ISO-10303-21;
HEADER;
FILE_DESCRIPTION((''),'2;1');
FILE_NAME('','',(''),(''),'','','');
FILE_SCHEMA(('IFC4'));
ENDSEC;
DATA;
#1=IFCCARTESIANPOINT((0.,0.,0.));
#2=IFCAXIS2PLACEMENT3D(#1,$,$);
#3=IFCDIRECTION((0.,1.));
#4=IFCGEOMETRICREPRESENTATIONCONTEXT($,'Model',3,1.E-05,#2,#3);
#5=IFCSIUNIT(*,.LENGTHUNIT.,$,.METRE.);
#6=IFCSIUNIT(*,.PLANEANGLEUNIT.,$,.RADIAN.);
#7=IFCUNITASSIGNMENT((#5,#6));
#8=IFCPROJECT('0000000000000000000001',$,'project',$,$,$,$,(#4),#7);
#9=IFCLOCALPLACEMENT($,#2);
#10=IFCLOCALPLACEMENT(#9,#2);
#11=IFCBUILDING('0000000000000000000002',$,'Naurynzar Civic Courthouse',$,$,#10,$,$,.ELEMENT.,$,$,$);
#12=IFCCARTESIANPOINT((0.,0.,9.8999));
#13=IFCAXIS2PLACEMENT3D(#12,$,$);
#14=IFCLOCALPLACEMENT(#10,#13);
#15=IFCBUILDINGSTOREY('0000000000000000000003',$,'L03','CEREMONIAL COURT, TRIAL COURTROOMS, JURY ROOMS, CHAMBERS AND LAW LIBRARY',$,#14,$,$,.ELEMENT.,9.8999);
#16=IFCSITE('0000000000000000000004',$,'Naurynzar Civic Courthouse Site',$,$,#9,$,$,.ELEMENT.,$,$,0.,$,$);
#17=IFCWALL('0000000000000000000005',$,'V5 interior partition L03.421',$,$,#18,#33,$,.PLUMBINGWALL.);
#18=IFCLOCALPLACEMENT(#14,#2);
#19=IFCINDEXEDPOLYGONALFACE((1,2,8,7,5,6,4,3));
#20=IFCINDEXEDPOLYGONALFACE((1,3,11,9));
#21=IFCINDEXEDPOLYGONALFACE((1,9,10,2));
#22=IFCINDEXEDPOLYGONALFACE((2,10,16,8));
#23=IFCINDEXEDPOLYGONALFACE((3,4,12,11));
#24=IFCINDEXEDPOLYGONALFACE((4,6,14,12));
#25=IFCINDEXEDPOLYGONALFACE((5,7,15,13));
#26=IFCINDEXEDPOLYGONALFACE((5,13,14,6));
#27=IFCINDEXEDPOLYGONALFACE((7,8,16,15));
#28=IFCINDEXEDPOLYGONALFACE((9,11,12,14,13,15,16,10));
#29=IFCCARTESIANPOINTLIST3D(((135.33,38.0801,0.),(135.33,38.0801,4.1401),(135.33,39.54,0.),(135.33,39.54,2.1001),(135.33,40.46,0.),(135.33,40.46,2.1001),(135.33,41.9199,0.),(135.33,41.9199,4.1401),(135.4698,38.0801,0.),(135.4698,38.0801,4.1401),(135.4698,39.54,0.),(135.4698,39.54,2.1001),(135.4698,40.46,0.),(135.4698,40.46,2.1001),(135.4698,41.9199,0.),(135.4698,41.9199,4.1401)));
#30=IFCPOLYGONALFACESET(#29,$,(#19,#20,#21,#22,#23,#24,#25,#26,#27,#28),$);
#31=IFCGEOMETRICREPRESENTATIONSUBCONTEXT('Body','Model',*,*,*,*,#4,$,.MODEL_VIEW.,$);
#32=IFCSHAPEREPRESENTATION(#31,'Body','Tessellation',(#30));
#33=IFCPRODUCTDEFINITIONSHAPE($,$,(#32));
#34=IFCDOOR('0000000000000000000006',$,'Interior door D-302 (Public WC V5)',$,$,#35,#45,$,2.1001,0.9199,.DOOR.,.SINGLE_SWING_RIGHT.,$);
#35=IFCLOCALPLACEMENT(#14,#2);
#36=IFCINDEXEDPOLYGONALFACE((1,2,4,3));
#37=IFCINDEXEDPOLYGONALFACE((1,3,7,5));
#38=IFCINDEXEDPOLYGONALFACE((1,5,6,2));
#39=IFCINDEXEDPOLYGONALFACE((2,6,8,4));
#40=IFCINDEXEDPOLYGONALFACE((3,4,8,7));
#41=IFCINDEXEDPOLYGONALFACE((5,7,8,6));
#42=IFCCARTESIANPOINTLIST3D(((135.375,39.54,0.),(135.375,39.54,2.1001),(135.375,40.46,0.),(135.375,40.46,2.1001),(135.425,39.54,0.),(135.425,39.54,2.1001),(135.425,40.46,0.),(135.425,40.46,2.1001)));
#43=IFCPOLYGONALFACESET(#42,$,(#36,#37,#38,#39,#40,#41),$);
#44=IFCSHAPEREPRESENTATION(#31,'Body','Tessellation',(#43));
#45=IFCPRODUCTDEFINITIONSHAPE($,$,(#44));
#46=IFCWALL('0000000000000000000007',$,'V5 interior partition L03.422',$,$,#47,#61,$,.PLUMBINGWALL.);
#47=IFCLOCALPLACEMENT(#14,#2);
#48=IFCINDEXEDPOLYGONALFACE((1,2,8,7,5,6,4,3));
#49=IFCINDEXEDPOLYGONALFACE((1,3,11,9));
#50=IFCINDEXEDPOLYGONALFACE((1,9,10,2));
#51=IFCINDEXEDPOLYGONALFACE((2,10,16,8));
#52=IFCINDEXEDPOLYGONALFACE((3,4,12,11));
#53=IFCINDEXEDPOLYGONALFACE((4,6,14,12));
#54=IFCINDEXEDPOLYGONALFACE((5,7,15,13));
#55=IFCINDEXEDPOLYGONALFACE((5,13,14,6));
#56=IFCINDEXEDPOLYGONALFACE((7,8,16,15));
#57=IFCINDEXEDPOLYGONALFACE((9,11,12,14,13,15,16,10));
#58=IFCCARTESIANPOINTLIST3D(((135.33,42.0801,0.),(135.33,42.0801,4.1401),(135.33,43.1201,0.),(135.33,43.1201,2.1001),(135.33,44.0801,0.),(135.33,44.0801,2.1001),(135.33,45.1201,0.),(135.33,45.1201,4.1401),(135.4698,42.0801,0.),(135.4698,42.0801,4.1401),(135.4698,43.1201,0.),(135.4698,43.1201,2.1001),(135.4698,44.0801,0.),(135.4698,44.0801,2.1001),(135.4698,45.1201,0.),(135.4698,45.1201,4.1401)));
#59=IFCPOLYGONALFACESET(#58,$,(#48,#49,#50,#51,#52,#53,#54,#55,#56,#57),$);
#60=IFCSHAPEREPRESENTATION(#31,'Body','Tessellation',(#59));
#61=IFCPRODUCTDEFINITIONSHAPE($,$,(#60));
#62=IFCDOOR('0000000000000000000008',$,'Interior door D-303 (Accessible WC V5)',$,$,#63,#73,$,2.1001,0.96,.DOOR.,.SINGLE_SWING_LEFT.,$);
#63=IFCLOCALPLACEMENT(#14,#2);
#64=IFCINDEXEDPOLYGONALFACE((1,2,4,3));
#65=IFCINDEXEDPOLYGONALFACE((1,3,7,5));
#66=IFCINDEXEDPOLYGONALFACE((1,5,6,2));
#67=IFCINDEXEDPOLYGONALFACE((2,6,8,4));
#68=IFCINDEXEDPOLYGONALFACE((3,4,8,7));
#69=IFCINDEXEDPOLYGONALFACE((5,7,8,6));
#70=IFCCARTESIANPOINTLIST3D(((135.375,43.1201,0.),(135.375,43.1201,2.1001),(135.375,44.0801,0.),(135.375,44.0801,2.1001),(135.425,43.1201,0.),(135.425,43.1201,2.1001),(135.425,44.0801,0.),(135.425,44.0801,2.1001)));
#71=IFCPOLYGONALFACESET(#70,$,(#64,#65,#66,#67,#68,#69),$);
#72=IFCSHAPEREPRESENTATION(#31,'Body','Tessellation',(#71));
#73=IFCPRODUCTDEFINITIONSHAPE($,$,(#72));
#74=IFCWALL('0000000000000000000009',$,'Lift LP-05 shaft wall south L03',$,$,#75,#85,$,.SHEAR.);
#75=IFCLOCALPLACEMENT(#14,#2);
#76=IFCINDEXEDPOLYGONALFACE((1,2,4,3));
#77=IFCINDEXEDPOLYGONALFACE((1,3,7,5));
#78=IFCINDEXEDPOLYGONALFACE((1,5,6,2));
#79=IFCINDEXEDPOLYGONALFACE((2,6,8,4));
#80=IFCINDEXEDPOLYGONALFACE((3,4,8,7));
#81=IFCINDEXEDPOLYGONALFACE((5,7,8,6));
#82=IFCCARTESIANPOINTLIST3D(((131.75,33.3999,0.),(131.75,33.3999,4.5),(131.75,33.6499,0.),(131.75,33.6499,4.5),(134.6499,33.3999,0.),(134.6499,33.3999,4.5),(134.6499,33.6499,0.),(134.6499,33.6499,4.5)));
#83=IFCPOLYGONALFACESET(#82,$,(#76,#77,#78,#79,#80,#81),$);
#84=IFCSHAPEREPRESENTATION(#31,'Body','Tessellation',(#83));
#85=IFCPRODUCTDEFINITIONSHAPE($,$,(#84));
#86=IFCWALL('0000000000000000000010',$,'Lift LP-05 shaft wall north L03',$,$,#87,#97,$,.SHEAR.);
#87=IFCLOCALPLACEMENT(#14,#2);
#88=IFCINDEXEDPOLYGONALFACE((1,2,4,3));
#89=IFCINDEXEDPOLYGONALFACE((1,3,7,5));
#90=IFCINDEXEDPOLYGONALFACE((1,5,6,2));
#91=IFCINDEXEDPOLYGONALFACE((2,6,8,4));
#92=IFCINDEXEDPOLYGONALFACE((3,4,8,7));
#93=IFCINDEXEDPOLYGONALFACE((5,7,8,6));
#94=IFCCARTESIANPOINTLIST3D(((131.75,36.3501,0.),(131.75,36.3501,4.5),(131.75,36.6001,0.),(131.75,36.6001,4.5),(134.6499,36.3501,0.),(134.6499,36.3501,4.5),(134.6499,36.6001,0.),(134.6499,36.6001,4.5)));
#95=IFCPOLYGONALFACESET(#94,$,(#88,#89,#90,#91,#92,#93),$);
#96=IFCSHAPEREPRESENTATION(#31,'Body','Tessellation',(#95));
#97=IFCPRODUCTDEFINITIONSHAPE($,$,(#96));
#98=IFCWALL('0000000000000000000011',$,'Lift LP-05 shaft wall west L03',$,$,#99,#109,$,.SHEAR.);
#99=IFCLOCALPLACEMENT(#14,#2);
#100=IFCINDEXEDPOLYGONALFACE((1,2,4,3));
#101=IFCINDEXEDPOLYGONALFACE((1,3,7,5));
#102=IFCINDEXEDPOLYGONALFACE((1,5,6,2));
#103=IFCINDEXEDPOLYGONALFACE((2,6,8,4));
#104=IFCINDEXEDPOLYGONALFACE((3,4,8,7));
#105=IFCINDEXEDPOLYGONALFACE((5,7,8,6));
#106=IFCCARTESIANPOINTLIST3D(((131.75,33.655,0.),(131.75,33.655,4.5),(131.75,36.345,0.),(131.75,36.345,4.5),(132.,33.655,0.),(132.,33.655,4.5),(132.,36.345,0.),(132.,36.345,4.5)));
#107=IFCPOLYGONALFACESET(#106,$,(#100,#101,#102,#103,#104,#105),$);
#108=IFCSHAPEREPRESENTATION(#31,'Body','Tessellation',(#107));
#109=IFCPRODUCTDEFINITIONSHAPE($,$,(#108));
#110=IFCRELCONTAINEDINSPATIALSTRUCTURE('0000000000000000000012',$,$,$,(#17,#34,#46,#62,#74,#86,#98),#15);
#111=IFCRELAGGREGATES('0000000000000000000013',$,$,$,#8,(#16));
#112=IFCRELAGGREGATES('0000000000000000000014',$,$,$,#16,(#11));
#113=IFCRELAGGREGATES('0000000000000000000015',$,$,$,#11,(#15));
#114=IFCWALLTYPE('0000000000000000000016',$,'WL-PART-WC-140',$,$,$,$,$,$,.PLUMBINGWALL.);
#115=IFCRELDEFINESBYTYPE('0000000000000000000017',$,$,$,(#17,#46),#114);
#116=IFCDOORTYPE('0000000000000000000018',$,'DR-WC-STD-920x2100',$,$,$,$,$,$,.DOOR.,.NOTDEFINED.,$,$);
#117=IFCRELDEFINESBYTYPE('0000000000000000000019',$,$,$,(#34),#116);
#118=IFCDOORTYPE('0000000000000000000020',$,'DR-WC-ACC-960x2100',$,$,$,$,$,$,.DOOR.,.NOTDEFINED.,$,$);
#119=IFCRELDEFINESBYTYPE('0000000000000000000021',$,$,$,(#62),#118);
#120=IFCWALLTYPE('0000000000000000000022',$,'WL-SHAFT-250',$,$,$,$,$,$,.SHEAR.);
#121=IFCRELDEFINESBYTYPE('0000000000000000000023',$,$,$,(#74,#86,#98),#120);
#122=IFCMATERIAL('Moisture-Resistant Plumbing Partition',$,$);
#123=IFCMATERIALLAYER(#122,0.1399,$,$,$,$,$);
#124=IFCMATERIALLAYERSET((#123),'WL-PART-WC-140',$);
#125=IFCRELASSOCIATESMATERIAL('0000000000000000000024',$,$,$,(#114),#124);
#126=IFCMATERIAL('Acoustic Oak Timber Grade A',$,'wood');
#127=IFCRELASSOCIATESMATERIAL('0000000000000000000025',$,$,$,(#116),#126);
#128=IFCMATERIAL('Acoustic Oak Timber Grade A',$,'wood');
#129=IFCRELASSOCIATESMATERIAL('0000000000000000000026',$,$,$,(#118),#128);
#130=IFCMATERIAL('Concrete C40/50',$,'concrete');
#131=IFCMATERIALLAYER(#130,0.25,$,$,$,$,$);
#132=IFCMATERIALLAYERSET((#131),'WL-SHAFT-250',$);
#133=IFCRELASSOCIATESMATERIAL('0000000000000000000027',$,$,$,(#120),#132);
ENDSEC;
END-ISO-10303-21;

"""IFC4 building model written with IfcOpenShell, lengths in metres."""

from ifc_helpers import new_model, si_unit, direction, frame, frame_2d, origin, place, context, subcontext, project, spatial, rectangle, extrude, material, layer, layer_set, type_object, element, fill, save


model = new_model("IFC4")

# Units and contexts
model_context = context("Model", 3, precision=1e-05, world=origin(), true_north=direction((0.0, 1.0)))
body_context = subcontext(model_context, "Body", "Model", "MODEL_VIEW")
ifc_project = project(units=[si_unit("LENGTHUNIT", "METRE"), si_unit("PLANEANGLEUNIT", "RADIAN")], contexts=[model_context])

# Site, building, storey
site_placement = place(None, origin())
site = spatial("IfcSite", under=ifc_project, at=site_placement, Name="Naurynzar Civic Courthouse Site", CompositionType="ELEMENT", RefElevation=0.0)
building_placement = place(site_placement, origin())
building = spatial("IfcBuilding", under=site, at=building_placement, Name="Naurynzar Civic Courthouse", CompositionType="ELEMENT")
storey_placement = place(building_placement, frame((0.0, 0.0, 9.8999)))
storey = spatial("IfcBuildingStorey", under=building, at=storey_placement, Name="L03", Description="CEREMONIAL COURT, TRIAL COURTROOMS, JURY ROOMS, CHAMBERS AND LAW LIBRARY", CompositionType="ELEMENT", Elevation=9.8999)

# Walls, openings, doors
ifc_material_1 = material(Name="Moisture-Resistant Plumbing Partition")
ifc_layer_1 = layer(ifc_material_1, 0.1399)
ifc_layer_set_1 = layer_set([ifc_layer_1], Name="WL-PART-WC-140")
wall_type_1 = type_object("IfcWallType", Name="WL-PART-WC-140", PredefinedType="PLUMBINGWALL", material=ifc_layer_set_1)
wall_1_placement = place(storey_placement, frame((135.3999, 38.0801, 0.0), z_axis=(0.0, 0.0, 1.0), x_axis=(0.0, 1.0, 0.0)))
wall_1 = element("IfcWall", 1, at=wall_1_placement, inside=storey, type_object=wall_type_1, Name="V5 interior partition L03.421", PredefinedType="PLUMBINGWALL", context=body_context, shape_type="SweptSolid", body=[
    extrude(rectangle(XDim=3.8398, YDim=0.1399, at=frame_2d((1.9199, 0.0))), origin(), (0.0, 0.0, 1.0), 4.1401),
])
opening_1_placement = place(wall_1_placement, frame((1.46, 0.0, 0.0)))
opening_1 = element("IfcOpeningElement", 2, at=opening_1_placement, cuts=wall_1, PredefinedType="OPENING", context=body_context, shape_type="SweptSolid", body=[
    extrude(rectangle(XDim=0.9199, YDim=2.1001, at=frame_2d((0.46, 1.05))), frame((0.0, 0.0798, 0.0), z_axis=(0.0, -1.0, 0.0), x_axis=(1.0, 0.0, 0.0)), (0.0, 0.0, 1.0), 0.1599),
])
ifc_material_2 = material(Name="Acoustic Oak Timber Grade A", Category="wood")
door_type_1 = type_object("IfcDoorType", Name="DR-WC-STD-920x2100", OperationType="NOTDEFINED", PredefinedType="DOOR", material=ifc_material_2)
door_1_placement = place(opening_1_placement, origin())
door_1 = element("IfcDoor", 3, at=door_1_placement, inside=storey, type_object=door_type_1, Name="Interior door D-302 (Public WC V5)", OperationType="SINGLE_SWING_RIGHT", OverallHeight=2.1001, OverallWidth=0.9199, PredefinedType="DOOR", context=body_context, shape_type="SweptSolid", body=[
    extrude(rectangle(XDim=0.9199, YDim=2.1001, at=frame_2d((0.46, 1.05))), frame((0.0, 0.0249, 0.0), z_axis=(0.0, -1.0, 0.0), x_axis=(1.0, 0.0, 0.0)), (0.0, 0.0, 1.0), 0.05),
])
fill(opening_1, door_1)
wall_2_placement = place(storey_placement, frame((135.3999, 42.0801, 0.0), z_axis=(0.0, 0.0, 1.0), x_axis=(0.0, 1.0, 0.0)))
wall_2 = element("IfcWall", 4, at=wall_2_placement, inside=storey, type_object=wall_type_1, Name="V5 interior partition L03.422", PredefinedType="PLUMBINGWALL", context=body_context, shape_type="SweptSolid", body=[
    extrude(rectangle(XDim=3.04, YDim=0.1399, at=frame_2d((1.52, 0.0))), origin(), (0.0, 0.0, 1.0), 4.1401),
])
opening_2_placement = place(wall_2_placement, frame((1.04, 0.0, 0.0)))
opening_2 = element("IfcOpeningElement", 5, at=opening_2_placement, cuts=wall_2, PredefinedType="OPENING", context=body_context, shape_type="SweptSolid", body=[
    extrude(rectangle(XDim=0.96, YDim=2.1001, at=frame_2d((0.48, 1.05))), frame((0.0, 0.0798, 0.0), z_axis=(0.0, -1.0, 0.0), x_axis=(1.0, 0.0, 0.0)), (0.0, 0.0, 1.0), 0.1599),
])
ifc_material_3 = material(Name="Acoustic Oak Timber Grade A", Category="wood")
door_type_2 = type_object("IfcDoorType", Name="DR-WC-ACC-960x2100", OperationType="NOTDEFINED", PredefinedType="DOOR", material=ifc_material_3)
door_2_placement = place(opening_2_placement, origin())
door_2 = element("IfcDoor", 6, at=door_2_placement, inside=storey, type_object=door_type_2, Name="Interior door D-303 (Accessible WC V5)", OperationType="SINGLE_SWING_LEFT", OverallHeight=2.1001, OverallWidth=0.96, PredefinedType="DOOR", context=body_context, shape_type="SweptSolid", body=[
    extrude(rectangle(XDim=0.96, YDim=2.1001, at=frame_2d((0.48, 1.05))), frame((0.0, 0.0249, 0.0), z_axis=(0.0, -1.0, 0.0), x_axis=(1.0, 0.0, 0.0)), (0.0, 0.0, 1.0), 0.05),
])
fill(opening_2, door_2)

# Walls
ifc_material_4 = material(Name="Concrete C40/50", Category="concrete")
ifc_layer_2 = layer(ifc_material_4, 0.25)
ifc_layer_set_2 = layer_set([ifc_layer_2], Name="WL-SHAFT-250")
wall_type_2 = type_object("IfcWallType", Name="WL-SHAFT-250", PredefinedType="SHEAR", material=ifc_layer_set_2)
for number, where, z_axis, x_axis, name in (
    (7, (131.75, 33.5249, 0.0), (0.0, 0.0, 1.0), (1.0, 0.0, 0.0), "Lift LP-05 shaft wall south L03"),
    (8, (134.6499, 36.4751, 0.0), (0.0, 0.0, 1.0), (-1.0, 0.0, 0.0), "Lift LP-05 shaft wall north L03"),
):
    element("IfcWall", number, at=place(storey_placement, frame(where, z_axis=z_axis, x_axis=x_axis)), inside=storey, type_object=wall_type_2, Name=name, PredefinedType="SHEAR", context=body_context, shape_type="SweptSolid", body=[
        extrude(rectangle(XDim=2.8999, YDim=0.25, at=frame_2d((1.45, 0.0))), origin(), (0.0, 0.0, 1.0), 4.5),
    ])
wall_3_placement = place(storey_placement, frame((131.875, 36.345, 0.0), z_axis=(0.0, 0.0, 1.0), x_axis=(0.0, -1.0, 0.0)))
element("IfcWall", 9, at=wall_3_placement, inside=storey, type_object=wall_type_2, Name="Lift LP-05 shaft wall west L03", PredefinedType="SHEAR", context=body_context, shape_type="SweptSolid", body=[
    extrude(rectangle(XDim=2.6899, YDim=0.25, at=frame_2d((1.345, 0.0))), origin(), (0.0, 0.0, 1.0), 4.5),
])

save(model, "model.ifc")
